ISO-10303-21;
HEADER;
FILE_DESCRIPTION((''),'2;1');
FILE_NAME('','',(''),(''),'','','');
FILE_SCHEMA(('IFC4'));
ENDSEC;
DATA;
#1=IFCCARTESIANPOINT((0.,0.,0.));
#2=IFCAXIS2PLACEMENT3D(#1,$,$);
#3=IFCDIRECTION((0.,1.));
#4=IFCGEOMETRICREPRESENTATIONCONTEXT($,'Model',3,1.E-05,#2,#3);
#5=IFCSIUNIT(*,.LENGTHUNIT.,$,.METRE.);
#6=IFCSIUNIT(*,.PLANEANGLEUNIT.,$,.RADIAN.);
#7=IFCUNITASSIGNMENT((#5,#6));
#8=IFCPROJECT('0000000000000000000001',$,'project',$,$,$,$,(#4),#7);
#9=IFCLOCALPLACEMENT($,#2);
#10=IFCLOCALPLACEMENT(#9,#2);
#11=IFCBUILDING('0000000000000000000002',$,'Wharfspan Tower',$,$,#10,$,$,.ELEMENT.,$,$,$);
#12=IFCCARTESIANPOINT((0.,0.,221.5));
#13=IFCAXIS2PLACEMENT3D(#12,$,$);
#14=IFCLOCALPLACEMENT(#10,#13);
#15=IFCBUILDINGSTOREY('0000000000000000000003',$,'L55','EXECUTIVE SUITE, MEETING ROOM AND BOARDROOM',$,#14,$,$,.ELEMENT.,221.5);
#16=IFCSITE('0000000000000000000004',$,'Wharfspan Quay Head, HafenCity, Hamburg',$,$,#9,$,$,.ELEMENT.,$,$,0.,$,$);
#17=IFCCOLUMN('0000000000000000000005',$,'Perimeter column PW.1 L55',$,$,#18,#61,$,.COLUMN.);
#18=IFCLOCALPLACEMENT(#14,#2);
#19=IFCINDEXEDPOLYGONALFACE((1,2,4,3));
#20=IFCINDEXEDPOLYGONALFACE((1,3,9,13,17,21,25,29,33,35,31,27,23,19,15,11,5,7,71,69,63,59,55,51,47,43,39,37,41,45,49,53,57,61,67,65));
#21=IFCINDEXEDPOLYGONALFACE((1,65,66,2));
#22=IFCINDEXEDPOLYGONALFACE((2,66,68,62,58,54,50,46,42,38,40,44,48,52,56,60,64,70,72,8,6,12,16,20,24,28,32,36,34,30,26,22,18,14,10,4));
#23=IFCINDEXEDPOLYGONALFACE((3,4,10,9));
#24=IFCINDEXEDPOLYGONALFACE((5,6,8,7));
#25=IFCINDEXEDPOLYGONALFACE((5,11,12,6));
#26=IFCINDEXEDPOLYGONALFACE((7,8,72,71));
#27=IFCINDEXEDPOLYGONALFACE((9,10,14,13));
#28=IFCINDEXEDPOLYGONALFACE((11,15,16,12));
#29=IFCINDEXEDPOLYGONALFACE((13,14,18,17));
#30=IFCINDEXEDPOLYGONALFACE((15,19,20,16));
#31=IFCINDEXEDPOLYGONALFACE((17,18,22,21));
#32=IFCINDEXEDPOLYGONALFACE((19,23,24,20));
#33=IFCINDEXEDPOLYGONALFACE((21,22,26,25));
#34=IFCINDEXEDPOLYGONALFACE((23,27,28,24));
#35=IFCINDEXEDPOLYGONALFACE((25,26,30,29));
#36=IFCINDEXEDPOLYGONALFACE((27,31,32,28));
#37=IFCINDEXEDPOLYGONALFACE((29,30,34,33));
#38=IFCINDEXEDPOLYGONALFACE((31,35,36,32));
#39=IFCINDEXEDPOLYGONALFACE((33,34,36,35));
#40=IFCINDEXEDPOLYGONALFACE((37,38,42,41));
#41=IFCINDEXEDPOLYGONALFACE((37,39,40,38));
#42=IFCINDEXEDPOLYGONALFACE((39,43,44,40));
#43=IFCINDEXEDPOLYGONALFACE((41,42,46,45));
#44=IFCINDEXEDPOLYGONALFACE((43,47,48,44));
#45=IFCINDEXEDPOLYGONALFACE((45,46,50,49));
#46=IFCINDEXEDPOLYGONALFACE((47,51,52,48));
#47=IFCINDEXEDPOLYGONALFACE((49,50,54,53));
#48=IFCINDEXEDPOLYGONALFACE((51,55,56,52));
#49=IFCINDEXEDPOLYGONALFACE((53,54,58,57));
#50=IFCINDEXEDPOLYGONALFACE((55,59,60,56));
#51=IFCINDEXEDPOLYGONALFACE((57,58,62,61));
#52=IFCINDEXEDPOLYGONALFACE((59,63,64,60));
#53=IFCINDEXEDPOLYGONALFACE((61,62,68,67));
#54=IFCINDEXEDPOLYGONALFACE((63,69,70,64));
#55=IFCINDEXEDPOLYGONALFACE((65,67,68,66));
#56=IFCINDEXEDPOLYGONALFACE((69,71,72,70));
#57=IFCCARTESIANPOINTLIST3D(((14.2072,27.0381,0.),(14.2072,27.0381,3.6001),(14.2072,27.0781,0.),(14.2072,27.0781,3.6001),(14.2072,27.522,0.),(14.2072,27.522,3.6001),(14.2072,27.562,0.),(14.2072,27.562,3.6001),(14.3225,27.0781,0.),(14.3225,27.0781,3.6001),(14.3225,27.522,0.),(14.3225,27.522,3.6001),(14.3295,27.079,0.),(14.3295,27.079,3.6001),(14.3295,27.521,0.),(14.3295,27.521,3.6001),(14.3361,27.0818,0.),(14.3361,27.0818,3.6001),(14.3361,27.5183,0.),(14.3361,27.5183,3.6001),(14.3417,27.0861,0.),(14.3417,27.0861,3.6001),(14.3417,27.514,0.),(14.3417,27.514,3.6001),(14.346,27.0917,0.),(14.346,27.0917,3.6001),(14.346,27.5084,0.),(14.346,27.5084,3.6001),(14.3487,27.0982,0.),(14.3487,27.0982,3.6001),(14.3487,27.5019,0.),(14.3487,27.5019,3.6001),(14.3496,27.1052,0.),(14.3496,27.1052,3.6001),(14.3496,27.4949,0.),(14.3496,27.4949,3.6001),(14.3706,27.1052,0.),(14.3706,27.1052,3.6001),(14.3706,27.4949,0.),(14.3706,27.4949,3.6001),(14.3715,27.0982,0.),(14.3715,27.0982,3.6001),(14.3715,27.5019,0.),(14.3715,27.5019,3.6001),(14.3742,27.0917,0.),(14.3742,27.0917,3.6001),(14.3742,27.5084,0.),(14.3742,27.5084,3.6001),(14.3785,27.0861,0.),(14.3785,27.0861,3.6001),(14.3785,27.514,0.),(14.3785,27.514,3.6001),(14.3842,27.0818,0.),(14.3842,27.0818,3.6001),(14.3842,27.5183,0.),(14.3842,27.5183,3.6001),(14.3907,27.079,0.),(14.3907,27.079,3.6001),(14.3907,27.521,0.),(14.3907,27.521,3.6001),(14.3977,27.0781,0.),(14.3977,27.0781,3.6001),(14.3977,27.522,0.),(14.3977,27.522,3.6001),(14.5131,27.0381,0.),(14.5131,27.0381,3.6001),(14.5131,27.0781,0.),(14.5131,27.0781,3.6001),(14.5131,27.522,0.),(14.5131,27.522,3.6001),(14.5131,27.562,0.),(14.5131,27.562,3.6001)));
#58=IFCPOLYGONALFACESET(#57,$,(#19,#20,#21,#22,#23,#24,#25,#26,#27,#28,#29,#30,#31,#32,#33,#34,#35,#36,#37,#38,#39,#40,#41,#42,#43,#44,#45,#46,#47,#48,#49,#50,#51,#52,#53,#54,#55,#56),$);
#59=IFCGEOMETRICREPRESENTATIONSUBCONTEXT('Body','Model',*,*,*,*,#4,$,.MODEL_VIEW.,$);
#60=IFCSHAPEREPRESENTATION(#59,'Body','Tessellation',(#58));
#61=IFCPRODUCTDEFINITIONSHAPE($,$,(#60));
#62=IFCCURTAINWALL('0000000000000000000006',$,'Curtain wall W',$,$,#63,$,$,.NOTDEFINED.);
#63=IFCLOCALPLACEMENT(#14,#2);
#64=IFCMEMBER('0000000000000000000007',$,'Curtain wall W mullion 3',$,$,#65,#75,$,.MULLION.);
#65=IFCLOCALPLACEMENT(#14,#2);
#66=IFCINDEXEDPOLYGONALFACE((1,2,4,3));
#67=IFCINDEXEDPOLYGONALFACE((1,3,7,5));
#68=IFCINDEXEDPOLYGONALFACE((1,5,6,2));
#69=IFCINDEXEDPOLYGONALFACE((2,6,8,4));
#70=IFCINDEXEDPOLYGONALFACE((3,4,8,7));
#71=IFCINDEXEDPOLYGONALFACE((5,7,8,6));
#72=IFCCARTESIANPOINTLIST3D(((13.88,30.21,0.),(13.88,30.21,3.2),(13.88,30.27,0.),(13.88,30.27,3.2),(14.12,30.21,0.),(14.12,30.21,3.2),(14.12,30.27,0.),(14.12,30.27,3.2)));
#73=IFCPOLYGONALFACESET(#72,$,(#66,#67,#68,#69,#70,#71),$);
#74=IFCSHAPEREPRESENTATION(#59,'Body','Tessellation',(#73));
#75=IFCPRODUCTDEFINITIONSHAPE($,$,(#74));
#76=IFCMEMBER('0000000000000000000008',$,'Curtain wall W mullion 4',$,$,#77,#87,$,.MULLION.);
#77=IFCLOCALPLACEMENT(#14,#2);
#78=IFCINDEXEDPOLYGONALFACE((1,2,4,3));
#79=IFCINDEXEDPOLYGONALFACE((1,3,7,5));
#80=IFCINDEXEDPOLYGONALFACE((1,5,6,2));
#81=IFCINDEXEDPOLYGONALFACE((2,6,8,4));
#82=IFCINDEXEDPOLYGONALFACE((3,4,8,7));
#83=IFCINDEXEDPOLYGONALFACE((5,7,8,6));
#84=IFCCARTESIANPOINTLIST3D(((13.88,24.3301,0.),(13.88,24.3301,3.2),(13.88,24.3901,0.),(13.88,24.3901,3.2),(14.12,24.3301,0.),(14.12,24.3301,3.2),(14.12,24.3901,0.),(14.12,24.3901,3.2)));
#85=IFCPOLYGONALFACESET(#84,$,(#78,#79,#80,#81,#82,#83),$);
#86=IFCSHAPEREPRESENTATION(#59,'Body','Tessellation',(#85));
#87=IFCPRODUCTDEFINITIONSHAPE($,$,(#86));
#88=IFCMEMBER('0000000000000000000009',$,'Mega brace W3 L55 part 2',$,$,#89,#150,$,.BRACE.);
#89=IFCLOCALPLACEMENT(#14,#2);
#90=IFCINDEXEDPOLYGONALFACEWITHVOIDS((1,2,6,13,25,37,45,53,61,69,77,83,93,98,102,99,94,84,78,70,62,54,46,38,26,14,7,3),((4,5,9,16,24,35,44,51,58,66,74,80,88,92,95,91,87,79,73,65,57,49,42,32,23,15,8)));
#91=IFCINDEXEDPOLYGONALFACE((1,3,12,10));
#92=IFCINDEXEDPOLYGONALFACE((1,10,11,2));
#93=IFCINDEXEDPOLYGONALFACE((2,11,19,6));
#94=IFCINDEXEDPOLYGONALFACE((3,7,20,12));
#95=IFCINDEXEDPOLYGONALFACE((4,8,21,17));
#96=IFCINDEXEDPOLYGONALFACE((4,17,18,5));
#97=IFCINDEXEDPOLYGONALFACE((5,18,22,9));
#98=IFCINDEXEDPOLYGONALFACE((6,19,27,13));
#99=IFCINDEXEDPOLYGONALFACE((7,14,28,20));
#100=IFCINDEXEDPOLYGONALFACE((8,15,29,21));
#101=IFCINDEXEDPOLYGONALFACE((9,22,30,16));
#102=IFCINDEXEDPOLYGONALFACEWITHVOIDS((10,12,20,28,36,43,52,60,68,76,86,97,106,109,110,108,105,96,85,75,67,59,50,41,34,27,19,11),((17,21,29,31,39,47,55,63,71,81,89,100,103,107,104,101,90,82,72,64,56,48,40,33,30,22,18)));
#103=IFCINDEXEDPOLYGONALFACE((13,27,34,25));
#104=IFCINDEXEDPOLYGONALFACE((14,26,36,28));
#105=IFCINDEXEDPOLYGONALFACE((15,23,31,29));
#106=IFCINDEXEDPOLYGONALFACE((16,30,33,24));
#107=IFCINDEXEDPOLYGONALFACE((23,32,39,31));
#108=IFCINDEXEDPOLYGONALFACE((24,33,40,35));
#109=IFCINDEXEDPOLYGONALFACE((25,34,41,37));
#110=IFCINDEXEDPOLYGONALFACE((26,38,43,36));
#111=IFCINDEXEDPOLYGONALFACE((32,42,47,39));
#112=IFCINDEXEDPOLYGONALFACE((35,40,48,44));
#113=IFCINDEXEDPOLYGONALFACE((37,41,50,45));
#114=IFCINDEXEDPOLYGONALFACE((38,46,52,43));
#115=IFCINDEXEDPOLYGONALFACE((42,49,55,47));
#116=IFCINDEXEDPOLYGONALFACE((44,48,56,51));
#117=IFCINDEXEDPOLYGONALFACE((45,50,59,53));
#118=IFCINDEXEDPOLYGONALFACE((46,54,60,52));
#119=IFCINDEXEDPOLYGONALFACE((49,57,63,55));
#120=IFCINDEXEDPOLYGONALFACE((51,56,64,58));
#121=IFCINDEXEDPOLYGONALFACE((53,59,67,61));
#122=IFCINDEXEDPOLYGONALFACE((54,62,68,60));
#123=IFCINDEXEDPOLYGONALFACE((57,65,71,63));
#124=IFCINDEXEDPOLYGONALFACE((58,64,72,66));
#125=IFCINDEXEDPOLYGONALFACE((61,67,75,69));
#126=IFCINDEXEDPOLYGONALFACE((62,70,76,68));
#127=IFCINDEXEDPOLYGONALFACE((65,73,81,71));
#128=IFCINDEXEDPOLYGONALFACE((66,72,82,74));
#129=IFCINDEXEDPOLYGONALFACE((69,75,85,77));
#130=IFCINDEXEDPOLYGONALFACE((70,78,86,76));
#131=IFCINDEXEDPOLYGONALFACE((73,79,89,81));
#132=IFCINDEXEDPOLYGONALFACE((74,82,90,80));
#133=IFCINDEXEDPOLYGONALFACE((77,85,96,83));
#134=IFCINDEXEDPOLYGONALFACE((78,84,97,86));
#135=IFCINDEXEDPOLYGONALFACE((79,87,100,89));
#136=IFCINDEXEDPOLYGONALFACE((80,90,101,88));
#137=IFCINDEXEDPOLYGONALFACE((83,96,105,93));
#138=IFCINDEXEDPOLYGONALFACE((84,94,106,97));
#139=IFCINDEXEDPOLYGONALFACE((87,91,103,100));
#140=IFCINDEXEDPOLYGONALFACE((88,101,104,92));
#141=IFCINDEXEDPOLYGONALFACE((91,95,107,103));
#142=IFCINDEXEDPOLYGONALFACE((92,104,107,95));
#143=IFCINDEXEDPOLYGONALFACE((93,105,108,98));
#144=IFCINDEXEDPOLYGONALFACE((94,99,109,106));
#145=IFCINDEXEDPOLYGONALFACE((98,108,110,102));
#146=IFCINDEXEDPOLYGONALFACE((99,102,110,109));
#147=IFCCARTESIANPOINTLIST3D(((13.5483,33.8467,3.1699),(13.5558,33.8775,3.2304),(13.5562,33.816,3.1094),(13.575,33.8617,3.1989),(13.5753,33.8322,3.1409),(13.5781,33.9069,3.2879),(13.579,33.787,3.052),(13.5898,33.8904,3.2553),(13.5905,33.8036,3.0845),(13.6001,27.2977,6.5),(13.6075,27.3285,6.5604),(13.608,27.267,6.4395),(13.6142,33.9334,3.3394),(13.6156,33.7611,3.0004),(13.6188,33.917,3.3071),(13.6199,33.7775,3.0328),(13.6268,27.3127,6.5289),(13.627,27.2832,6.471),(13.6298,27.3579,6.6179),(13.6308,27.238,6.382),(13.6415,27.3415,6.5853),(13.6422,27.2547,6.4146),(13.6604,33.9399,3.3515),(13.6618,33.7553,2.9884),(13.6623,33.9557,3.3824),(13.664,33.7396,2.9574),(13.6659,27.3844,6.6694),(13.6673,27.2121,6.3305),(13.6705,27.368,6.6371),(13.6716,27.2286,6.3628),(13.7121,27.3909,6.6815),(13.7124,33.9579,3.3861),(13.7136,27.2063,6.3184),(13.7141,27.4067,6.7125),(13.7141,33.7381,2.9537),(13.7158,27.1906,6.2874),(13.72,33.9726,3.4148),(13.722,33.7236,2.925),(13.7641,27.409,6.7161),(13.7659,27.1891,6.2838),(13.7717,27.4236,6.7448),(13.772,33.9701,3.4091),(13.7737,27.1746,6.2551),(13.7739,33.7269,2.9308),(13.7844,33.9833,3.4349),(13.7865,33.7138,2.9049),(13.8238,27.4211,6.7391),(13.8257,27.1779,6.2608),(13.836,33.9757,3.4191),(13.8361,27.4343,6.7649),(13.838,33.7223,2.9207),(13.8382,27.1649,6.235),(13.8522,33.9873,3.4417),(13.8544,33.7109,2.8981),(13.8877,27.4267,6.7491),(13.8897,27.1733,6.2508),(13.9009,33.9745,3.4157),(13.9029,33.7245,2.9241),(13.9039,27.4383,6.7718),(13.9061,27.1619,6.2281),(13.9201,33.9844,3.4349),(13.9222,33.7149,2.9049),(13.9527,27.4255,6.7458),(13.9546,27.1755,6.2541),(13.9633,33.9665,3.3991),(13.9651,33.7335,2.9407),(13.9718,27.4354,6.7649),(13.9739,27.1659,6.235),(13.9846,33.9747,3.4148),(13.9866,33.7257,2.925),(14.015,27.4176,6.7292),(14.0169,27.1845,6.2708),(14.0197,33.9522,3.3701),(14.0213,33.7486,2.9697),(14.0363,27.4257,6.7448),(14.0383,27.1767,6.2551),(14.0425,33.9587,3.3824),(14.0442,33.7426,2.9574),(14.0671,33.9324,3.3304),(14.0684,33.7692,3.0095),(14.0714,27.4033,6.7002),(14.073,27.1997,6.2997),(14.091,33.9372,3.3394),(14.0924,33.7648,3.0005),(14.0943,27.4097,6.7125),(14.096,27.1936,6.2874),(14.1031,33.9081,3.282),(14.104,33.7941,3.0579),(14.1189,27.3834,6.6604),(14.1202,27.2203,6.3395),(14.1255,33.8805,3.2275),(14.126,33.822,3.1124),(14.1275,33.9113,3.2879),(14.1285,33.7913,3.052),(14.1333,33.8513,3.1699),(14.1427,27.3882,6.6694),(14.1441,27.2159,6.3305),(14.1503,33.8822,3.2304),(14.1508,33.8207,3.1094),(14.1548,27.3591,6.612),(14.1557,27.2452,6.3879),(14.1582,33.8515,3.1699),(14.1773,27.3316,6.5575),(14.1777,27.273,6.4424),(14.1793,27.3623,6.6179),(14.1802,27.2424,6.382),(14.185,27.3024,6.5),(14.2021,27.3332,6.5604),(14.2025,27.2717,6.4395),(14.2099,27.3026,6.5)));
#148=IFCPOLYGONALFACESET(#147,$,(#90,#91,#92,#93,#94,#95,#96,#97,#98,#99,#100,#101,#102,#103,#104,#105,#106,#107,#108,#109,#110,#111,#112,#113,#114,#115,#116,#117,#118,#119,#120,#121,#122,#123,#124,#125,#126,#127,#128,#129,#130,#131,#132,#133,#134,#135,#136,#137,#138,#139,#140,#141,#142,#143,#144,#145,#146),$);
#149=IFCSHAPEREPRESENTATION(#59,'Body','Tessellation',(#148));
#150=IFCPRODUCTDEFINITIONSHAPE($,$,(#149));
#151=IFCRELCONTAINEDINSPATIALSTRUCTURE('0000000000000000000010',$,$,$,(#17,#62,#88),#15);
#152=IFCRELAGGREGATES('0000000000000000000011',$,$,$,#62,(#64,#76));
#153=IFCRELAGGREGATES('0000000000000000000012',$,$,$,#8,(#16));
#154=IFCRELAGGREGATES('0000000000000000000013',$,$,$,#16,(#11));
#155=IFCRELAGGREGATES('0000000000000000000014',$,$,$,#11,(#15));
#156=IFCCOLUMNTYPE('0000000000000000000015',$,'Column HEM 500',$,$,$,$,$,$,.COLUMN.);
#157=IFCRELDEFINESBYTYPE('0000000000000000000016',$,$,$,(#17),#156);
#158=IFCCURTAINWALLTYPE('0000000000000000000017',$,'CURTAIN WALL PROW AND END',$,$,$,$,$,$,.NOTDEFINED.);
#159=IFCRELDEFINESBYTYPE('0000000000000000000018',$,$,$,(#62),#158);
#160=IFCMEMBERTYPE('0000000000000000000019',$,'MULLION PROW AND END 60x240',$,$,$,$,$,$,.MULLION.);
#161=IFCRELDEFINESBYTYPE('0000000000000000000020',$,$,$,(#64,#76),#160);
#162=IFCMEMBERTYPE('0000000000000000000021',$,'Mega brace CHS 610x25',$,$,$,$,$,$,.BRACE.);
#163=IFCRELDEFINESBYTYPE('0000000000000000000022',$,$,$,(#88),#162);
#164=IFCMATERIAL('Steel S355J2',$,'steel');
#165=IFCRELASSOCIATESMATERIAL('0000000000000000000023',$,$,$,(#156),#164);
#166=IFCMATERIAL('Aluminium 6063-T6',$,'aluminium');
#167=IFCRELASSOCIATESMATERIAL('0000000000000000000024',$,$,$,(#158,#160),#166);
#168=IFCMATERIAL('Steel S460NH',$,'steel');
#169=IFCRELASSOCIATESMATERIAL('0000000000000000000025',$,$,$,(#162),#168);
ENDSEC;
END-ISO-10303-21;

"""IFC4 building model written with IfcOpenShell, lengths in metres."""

from ifc_helpers import new_model, si_unit, direction, frame, origin, origin_2d, place, context, subcontext, project, spatial, rectangle, hollow_circle, i_section, extrude, material, material_profile, profile_set, type_object, element, aggregate, save


model = new_model("IFC4")

# Units and contexts
model_context = context("Model", 3, precision=1e-05, world=origin(), true_north=direction((0.0, 1.0)))
body_context = subcontext(model_context, "Body", "Model", "MODEL_VIEW")
ifc_project = project(units=[si_unit("LENGTHUNIT", "METRE"), si_unit("PLANEANGLEUNIT", "RADIAN")], contexts=[model_context])

# Site, building, storey
site_placement = place(None, origin())
site = spatial("IfcSite", under=ifc_project, at=site_placement, Name="Wharfspan Quay Head, HafenCity, Hamburg", CompositionType="ELEMENT", RefElevation=0.0)
building_placement = place(site_placement, origin())
building = spatial("IfcBuilding", under=site, at=building_placement, Name="Wharfspan Tower", CompositionType="ELEMENT")
storey_placement = place(building_placement, frame((0.0, 0.0, 221.5)))
storey = spatial("IfcBuildingStorey", under=building, at=storey_placement, Name="L55", Description="EXECUTIVE SUITE, MEETING ROOM AND BOARDROOM", CompositionType="ELEMENT", Elevation=221.5)

# Column
ifc_material_1 = material(Name="Steel S355J2", Category="steel")
ifc_material_profile_1 = material_profile(ifc_material_1, i_section(OverallWidth=0.3059, OverallDepth=0.5239, WebThickness=0.021, FlangeThickness=0.04, FilletRadius=0.0271, at=origin_2d()))
ifc_profile_set_1 = profile_set([ifc_material_profile_1], Name="Steel S355J2")
column_type = type_object("IfcColumnType", Name="Column HEM 500", PredefinedType="COLUMN", material=ifc_profile_set_1)
column_placement = place(storey_placement, frame((14.3601, 27.3, 0.0), z_axis=(0.0, 0.0, 1.0), x_axis=(-1.0, 0.0, 0.0)))
element("IfcColumn", 1, at=column_placement, inside=storey, type_object=column_type, Name="Perimeter column PW.1 L55", PredefinedType="COLUMN", context=body_context, shape_type="SweptSolid", body=[
    extrude(i_section(OverallWidth=0.3059, OverallDepth=0.5239, WebThickness=0.021, FlangeThickness=0.04, FilletRadius=0.0271, at=origin_2d()), origin(), (0.0, 0.0, 1.0), 3.6001),
])

# Curtain wall, members
ifc_material_2 = material(Name="Aluminium 6063-T6", Category="aluminium")
curtain_wall_type = type_object("IfcCurtainWallType", Name="CURTAIN WALL PROW AND END", PredefinedType="NOTDEFINED", material=ifc_material_2)
curtain_wall_placement = place(storey_placement, origin())
curtain_wall = element("IfcCurtainWall", 2, at=curtain_wall_placement, inside=storey, type_object=curtain_wall_type, Name="Curtain wall W", PredefinedType="NOTDEFINED")
ifc_material_profile_2 = material_profile(ifc_material_2, rectangle(XDim=0.24, YDim=0.0601, at=origin_2d()))
ifc_profile_set_2 = profile_set([ifc_material_profile_2], Name="Aluminium 6063-T6")
member_type_1 = type_object("IfcMemberType", Name="MULLION PROW AND END 60x240", PredefinedType="MULLION", material=ifc_profile_set_2)
member_1_placement = place(storey_placement, frame((14.0, 30.24, 0.0), z_axis=(0.0, 0.0, 1.0), x_axis=(1.0, 0.0, 0.0)))
member_1 = element("IfcMember", 3, at=member_1_placement, type_object=member_type_1, Name="Curtain wall W mullion 3", PredefinedType="MULLION", context=body_context, shape_type="SweptSolid", body=[
    extrude(rectangle(XDim=0.24, YDim=0.0601, at=origin_2d()), origin(), (0.0, 0.0, 1.0), 3.2),
])
member_2_placement = place(storey_placement, frame((14.0, 24.3601, 0.0), z_axis=(0.0, 0.0, 1.0), x_axis=(1.0, 0.0, 0.0)))
member_2 = element("IfcMember", 4, at=member_2_placement, type_object=member_type_1, Name="Curtain wall W mullion 4", PredefinedType="MULLION", context=body_context, shape_type="SweptSolid", body=[
    extrude(rectangle(XDim=0.24, YDim=0.0601, at=origin_2d()), origin(), (0.0, 0.0, 1.0), 3.2),
])

# Member
ifc_material_3 = material(Name="Steel S460NH", Category="steel")
ifc_material_profile_3 = material_profile(ifc_material_3, hollow_circle(Radius=0.3049, WallThickness=0.0249, at=origin_2d()))
ifc_profile_set_3 = profile_set([ifc_material_profile_3], Name="Steel S460NH")
member_type_2 = type_object("IfcMemberType", Name="Mega brace CHS 610x25", PredefinedType="BRACE", material=ifc_profile_set_3)
member_3_placement = place(storey_placement, frame((13.8533, 33.8491, 3.1699), z_axis=(0.007044, -0.891361, 0.45324), x_axis=(0.999973, 0.007904, 0.000003)))
element("IfcMember", 5, at=member_3_placement, inside=storey, type_object=member_type_2, Name="Mega brace W3 L55 part 2", PredefinedType="BRACE", context=body_context, shape_type="SweptSolid", body=[
    extrude(hollow_circle(Radius=0.3049, WallThickness=0.0249, at=origin_2d()), origin(), (0.0, 0.0, 1.0), 7.3472),
])

aggregate(curtain_wall, [member_1, member_2])

save(model, "model.ifc")
